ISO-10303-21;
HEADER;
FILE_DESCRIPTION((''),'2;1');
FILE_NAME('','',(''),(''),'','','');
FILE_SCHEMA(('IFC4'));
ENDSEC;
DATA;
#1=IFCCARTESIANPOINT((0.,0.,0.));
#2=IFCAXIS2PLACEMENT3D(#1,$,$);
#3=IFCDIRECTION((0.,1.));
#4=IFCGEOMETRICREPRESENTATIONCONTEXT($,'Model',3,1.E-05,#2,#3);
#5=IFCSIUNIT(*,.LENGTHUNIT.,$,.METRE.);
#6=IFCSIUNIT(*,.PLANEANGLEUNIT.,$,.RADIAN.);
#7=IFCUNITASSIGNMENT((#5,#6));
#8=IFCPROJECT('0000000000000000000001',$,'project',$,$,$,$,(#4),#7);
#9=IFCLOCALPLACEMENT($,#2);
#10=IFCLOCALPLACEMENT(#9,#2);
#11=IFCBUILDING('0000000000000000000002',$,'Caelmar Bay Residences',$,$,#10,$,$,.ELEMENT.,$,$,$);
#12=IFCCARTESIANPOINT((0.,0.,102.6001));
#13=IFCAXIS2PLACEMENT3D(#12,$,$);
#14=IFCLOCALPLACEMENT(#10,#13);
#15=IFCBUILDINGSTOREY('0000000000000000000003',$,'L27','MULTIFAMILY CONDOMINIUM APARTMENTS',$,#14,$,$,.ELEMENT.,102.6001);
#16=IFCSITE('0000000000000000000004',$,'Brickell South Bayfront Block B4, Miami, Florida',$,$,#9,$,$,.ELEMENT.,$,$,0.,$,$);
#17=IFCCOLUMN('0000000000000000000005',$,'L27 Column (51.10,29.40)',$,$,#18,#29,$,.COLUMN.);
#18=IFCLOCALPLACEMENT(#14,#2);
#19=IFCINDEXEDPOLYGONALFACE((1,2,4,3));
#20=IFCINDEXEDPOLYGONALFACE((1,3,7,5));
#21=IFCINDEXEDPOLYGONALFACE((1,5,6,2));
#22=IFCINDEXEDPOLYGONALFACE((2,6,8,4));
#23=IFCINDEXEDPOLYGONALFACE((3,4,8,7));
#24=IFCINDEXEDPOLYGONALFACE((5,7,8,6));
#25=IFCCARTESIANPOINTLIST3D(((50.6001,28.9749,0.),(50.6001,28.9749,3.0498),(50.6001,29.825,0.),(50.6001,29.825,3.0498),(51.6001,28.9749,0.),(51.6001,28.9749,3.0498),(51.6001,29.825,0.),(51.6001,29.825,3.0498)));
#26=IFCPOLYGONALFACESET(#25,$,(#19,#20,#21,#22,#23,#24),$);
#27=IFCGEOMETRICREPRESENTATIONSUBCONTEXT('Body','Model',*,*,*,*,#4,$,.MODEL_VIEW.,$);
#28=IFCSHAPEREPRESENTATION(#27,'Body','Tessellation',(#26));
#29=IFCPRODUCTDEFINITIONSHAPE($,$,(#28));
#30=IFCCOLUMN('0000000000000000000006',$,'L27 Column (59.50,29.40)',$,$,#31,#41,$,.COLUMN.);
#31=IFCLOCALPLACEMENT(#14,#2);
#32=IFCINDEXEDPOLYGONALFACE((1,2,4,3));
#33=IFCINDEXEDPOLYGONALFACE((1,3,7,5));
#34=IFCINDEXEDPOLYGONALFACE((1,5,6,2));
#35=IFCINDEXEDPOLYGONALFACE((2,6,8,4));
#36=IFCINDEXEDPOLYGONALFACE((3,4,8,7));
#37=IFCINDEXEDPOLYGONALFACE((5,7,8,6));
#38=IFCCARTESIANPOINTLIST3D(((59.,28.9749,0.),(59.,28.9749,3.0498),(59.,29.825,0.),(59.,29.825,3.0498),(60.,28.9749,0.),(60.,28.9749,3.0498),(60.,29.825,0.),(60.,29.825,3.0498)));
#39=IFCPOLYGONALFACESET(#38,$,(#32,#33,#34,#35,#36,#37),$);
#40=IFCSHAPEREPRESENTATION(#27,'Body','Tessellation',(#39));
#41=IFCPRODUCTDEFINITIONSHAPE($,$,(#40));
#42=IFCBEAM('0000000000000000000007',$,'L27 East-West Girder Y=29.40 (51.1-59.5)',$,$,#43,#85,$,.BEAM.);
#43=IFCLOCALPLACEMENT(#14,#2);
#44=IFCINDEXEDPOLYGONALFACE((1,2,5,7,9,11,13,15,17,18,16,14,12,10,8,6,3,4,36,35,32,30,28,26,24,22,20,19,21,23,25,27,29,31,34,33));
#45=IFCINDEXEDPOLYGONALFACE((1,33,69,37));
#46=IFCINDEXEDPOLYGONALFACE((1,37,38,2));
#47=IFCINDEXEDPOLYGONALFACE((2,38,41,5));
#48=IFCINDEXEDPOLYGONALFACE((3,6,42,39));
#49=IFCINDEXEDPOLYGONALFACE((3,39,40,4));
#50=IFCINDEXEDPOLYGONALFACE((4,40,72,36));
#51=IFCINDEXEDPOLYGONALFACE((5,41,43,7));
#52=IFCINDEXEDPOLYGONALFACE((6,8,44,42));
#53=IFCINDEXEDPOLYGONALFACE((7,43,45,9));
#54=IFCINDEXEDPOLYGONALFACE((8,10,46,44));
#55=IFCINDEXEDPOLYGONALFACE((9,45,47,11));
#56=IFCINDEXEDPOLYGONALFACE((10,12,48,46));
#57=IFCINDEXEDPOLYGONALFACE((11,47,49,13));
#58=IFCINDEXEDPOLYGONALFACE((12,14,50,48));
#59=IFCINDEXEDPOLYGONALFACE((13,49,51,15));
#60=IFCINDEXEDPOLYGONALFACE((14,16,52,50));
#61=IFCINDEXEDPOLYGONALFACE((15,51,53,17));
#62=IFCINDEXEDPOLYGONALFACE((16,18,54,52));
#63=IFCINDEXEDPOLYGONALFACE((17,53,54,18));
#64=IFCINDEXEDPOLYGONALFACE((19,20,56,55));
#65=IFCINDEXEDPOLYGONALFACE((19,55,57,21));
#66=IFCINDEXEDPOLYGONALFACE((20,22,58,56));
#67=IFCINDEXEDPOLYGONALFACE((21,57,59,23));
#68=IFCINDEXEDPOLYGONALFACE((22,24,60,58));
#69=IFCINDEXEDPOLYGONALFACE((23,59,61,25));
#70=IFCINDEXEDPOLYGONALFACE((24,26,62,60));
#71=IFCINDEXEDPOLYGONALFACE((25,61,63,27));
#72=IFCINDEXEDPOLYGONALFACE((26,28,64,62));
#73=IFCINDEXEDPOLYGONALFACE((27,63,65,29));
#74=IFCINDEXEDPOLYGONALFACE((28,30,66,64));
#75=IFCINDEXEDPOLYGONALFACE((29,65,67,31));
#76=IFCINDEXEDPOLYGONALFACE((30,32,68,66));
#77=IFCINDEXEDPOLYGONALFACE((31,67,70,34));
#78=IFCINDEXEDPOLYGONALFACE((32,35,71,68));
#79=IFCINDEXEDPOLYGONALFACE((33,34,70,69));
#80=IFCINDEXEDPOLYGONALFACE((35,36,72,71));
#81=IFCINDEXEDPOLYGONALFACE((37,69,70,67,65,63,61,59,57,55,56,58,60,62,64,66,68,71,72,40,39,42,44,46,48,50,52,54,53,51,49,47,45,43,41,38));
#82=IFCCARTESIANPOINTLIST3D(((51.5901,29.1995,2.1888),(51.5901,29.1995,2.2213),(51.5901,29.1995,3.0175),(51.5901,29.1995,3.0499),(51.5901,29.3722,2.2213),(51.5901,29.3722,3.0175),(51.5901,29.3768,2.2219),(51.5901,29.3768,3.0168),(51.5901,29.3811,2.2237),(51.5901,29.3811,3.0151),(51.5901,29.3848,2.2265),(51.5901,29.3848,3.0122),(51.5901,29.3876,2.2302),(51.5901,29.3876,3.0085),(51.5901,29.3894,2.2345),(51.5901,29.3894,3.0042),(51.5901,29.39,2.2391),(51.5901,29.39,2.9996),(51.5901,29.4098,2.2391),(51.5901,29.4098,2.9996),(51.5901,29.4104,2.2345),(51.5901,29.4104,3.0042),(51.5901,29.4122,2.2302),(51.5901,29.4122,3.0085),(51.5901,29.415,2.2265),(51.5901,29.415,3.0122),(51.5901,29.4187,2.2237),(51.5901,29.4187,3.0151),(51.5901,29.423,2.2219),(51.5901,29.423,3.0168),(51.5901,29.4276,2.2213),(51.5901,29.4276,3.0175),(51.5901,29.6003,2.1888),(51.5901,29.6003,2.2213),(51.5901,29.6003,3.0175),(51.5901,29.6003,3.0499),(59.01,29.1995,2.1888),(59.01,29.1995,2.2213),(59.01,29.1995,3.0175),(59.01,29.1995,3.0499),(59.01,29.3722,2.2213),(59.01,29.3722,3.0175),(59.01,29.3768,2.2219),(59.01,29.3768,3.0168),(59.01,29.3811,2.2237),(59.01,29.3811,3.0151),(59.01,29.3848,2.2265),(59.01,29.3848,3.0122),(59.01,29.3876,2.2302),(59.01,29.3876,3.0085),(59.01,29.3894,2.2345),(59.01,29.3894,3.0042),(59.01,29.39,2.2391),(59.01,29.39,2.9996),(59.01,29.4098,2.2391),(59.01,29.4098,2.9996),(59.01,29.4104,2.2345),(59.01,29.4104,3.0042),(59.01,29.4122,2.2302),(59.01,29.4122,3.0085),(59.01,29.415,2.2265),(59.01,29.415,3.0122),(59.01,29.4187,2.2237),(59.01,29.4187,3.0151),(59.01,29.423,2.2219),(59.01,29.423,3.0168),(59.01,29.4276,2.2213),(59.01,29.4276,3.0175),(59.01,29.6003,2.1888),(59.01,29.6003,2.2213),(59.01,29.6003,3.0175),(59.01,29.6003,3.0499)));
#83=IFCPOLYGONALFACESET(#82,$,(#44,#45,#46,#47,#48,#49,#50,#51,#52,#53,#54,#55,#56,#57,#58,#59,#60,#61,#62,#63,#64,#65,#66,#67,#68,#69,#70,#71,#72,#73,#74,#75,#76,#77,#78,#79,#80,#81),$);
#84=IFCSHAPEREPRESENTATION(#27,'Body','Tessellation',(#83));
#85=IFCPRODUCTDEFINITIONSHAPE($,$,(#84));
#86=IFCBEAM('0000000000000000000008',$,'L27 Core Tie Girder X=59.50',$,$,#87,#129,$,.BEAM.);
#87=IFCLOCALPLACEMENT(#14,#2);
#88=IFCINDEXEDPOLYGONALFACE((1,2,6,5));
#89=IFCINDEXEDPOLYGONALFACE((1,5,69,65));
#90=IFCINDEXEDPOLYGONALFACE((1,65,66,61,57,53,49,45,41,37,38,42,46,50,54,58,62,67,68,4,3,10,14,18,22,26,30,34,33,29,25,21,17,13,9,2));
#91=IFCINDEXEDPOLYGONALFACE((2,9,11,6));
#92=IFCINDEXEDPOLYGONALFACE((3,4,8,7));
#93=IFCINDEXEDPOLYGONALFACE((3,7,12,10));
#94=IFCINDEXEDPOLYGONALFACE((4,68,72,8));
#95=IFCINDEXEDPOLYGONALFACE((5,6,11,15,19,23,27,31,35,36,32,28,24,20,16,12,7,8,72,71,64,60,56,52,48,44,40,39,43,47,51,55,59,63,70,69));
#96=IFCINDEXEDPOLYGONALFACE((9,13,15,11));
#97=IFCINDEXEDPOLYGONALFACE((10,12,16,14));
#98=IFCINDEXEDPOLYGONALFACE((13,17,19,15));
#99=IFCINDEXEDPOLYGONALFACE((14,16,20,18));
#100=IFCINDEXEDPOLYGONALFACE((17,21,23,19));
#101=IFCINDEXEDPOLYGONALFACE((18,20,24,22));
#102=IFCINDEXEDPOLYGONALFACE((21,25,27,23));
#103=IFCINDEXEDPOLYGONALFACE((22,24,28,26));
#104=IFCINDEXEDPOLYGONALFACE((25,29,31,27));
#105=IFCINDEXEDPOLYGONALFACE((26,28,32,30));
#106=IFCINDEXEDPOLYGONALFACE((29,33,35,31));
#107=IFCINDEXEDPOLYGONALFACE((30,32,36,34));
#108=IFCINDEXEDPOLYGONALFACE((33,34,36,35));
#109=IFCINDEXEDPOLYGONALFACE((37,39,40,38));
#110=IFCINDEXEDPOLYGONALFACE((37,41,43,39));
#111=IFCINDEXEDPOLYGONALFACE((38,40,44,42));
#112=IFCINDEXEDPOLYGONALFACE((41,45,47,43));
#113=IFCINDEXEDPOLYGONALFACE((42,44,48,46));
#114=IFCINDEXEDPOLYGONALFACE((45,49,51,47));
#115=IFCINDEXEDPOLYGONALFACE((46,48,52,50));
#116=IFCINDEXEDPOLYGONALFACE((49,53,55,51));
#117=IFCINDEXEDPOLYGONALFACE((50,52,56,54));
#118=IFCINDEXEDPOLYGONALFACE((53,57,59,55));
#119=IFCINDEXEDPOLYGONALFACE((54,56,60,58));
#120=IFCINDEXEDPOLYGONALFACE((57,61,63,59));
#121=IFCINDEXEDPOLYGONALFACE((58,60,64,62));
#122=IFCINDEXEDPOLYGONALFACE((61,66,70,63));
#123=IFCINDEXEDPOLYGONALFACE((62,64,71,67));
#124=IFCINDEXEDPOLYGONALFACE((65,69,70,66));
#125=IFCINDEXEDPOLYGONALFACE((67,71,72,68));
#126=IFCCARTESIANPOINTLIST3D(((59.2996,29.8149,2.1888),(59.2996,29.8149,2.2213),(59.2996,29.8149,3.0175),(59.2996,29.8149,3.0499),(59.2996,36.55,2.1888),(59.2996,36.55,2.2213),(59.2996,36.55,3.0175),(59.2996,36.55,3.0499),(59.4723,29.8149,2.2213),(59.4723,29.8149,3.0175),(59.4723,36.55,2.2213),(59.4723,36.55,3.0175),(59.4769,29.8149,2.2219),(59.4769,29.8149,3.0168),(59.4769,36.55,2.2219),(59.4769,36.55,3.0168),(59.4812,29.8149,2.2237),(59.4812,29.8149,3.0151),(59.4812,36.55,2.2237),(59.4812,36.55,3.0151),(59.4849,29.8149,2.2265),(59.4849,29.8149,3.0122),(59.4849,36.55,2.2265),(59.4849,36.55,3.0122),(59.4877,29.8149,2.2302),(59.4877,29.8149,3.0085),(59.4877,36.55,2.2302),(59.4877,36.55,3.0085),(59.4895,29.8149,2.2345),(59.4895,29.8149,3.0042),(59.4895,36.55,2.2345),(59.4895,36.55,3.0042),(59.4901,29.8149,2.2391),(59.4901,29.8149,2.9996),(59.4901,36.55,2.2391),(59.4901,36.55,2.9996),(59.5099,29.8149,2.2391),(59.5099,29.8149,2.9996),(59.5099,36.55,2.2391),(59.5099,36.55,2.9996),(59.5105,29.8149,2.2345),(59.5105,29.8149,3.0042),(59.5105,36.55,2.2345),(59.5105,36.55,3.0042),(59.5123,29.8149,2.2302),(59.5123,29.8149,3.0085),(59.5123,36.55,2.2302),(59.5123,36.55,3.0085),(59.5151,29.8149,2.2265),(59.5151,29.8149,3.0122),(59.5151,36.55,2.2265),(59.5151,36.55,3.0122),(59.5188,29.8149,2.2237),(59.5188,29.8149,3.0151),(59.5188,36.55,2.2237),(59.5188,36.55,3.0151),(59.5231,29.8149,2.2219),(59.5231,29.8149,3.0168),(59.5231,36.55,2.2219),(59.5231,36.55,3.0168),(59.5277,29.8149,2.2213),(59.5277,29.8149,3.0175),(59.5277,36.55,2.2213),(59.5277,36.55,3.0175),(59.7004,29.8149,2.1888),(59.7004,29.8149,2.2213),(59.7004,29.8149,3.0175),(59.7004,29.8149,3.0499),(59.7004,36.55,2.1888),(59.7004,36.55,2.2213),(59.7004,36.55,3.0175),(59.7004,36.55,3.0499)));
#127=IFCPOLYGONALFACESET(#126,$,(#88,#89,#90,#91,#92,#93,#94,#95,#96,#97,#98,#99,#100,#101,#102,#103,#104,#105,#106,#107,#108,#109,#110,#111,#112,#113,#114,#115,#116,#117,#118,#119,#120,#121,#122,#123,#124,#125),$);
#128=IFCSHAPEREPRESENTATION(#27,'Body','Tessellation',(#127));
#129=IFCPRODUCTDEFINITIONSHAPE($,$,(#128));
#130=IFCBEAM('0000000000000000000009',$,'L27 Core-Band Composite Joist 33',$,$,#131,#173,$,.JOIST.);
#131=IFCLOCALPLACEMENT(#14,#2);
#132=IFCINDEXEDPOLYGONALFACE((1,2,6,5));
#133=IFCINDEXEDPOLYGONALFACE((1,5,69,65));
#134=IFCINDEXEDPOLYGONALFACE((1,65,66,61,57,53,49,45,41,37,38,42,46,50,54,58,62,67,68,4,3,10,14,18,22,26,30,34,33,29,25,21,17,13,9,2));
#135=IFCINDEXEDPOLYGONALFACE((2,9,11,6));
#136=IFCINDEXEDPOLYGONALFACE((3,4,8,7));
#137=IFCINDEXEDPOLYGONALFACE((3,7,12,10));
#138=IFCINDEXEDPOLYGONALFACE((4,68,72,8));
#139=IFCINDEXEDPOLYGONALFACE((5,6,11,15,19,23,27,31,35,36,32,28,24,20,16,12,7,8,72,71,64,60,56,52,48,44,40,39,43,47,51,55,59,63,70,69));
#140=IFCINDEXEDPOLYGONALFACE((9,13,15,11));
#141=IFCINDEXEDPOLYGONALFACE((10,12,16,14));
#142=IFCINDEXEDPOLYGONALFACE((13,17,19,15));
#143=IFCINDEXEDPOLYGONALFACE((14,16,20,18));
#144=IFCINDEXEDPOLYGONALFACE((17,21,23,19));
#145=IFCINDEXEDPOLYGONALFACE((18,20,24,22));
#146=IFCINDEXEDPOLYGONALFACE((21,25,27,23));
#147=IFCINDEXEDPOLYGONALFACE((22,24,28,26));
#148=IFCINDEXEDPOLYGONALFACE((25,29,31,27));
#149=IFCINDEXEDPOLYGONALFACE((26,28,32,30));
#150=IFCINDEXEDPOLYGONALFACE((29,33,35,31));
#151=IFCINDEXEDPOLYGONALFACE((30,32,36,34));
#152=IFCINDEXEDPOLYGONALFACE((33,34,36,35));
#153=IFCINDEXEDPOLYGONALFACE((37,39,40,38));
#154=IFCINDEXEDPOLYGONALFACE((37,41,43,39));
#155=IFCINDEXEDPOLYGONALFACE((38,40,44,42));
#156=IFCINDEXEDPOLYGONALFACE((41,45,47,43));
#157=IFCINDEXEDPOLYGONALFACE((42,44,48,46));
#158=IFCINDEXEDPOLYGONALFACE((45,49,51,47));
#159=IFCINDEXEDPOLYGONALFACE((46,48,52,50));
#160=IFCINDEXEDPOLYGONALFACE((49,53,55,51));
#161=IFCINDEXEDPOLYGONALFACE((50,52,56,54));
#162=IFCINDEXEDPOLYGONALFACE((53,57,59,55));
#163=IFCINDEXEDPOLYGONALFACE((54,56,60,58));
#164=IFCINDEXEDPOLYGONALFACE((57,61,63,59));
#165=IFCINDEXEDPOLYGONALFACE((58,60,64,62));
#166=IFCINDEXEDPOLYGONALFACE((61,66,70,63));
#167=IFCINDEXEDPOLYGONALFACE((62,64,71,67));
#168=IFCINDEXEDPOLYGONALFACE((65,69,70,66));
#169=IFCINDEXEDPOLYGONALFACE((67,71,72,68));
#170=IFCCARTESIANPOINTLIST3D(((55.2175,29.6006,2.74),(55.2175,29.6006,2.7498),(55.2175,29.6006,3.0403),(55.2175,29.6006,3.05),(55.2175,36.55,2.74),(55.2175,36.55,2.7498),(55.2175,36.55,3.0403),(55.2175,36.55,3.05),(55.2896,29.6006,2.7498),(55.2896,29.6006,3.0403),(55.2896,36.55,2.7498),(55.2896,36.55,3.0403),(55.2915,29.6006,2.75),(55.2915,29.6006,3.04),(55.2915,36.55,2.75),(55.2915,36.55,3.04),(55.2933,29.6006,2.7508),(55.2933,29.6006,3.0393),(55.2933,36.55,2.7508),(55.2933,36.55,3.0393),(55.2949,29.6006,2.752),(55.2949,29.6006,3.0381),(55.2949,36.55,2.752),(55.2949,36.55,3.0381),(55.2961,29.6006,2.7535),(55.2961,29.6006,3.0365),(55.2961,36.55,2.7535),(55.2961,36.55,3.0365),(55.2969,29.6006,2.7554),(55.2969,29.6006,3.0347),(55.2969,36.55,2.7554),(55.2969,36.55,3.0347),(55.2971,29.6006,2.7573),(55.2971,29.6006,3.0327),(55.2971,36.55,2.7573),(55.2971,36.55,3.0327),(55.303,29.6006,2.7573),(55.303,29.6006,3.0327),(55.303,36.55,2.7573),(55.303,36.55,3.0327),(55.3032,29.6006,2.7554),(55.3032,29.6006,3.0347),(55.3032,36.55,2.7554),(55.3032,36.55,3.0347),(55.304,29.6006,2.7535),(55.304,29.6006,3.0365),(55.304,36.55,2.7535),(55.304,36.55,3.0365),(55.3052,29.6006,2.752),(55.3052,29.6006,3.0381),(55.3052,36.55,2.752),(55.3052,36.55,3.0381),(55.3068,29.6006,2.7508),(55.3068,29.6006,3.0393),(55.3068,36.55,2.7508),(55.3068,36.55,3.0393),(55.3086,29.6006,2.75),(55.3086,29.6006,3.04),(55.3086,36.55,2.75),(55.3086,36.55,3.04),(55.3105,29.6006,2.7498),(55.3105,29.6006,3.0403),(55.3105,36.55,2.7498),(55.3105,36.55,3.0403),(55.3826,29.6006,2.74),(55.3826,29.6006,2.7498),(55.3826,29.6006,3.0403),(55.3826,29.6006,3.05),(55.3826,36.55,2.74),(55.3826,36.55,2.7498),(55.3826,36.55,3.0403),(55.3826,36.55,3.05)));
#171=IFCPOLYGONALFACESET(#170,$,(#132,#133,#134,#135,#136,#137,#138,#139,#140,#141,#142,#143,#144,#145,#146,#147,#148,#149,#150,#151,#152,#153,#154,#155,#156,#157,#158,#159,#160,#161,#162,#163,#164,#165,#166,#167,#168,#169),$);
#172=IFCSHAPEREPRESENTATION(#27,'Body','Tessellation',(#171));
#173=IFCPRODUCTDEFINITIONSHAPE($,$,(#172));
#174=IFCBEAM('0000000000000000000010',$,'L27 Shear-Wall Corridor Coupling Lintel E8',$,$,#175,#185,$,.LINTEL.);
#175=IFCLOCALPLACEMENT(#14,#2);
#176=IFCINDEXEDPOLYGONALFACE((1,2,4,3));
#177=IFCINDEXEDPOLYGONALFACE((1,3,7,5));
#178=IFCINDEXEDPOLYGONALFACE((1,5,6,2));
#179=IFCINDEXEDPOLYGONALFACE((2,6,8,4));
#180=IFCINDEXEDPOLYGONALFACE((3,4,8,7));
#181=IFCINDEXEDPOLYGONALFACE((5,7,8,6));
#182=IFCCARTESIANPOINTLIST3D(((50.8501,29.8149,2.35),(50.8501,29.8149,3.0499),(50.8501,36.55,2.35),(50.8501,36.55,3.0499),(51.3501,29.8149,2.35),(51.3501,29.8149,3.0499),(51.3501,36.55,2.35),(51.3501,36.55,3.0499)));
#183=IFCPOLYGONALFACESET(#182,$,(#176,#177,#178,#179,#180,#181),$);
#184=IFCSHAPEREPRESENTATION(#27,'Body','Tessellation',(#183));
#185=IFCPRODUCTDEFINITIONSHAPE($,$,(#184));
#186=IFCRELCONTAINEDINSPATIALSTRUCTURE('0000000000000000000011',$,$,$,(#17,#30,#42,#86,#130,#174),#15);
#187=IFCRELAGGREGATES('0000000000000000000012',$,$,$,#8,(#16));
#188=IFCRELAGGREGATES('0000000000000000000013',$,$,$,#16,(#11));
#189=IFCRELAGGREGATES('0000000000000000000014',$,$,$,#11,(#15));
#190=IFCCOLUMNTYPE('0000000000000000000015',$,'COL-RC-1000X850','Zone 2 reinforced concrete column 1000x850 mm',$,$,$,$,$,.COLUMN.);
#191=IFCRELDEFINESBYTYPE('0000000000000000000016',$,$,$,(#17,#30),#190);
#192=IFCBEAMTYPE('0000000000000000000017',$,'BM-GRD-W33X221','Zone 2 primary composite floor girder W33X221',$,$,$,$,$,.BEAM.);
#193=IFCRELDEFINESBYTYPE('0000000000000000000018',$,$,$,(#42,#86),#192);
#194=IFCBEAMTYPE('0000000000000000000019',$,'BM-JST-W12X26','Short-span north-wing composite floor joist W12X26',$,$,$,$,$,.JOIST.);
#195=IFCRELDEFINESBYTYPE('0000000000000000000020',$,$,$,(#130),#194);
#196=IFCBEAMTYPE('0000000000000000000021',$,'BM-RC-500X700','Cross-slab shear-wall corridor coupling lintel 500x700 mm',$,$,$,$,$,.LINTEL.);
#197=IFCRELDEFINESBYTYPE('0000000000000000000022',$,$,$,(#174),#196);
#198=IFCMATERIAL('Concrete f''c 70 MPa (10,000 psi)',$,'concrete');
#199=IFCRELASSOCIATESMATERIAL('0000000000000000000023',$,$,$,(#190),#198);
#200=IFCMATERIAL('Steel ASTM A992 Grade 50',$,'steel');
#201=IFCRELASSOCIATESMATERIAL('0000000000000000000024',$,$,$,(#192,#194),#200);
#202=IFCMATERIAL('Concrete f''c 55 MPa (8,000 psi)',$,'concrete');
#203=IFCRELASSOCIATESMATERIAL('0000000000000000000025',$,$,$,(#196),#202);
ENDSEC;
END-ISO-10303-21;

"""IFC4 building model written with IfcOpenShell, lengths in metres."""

from ifc_helpers import new_model, si_unit, direction, frame, origin, origin_2d, place, context, subcontext, project, spatial, rectangle, i_section, extrude, material, material_profile, profile_set, type_object, element, save


model = new_model("IFC4")

# Units and contexts
model_context = context("Model", 3, precision=1e-05, world=origin(), true_north=direction((0.0, 1.0)))
body_context = subcontext(model_context, "Body", "Model", "MODEL_VIEW")
ifc_project = project(units=[si_unit("LENGTHUNIT", "METRE"), si_unit("PLANEANGLEUNIT", "RADIAN")], contexts=[model_context])

# Site, building, storey
site_placement = place(None, origin())
site = spatial("IfcSite", under=ifc_project, at=site_placement, Name="Brickell South Bayfront Block B4, Miami, Florida", CompositionType="ELEMENT", RefElevation=0.0)
building_placement = place(site_placement, origin())
building = spatial("IfcBuilding", under=site, at=building_placement, Name="Caelmar Bay Residences", CompositionType="ELEMENT")
storey_placement = place(building_placement, frame((0.0, 0.0, 102.6001)))
storey = spatial("IfcBuildingStorey", under=building, at=storey_placement, Name="L27", Description="MULTIFAMILY CONDOMINIUM APARTMENTS", CompositionType="ELEMENT", Elevation=102.6001)

# Columns
ifc_material_1 = material(Name="Concrete f'c 70 MPa (10,000 psi)", Category="concrete")
ifc_material_profile_1 = material_profile(ifc_material_1, rectangle(XDim=1.0, YDim=0.8501, at=origin_2d()), Name="RC-COL-1000X850")
ifc_profile_set_1 = profile_set([ifc_material_profile_1], Name="Concrete f'c 70 MPa (10,000 psi)")
column_type = type_object("IfcColumnType", Name="COL-RC-1000X850", Description="Zone 2 reinforced concrete column 1000x850 mm", PredefinedType="COLUMN", material=ifc_profile_set_1)
for number, where, z_axis, x_axis, name in (
    (1, (51.1001, 29.3999, 0.0), (0.0, 0.0, 1.0), (1.0, 0.0, 0.0), "L27 Column (51.10,29.40)"),
    (2, (59.5, 29.3999, 0.0), (0.0, 0.0, 1.0), (1.0, 0.0, 0.0), "L27 Column (59.50,29.40)"),
):
    element("IfcColumn", number, at=place(storey_placement, frame(where, z_axis=z_axis, x_axis=x_axis)), inside=storey, type_object=column_type, Name=name, PredefinedType="COLUMN", context=body_context, shape_type="SweptSolid", body=[
        extrude(rectangle(XDim=1.0, YDim=0.8501, at=origin_2d()), origin(), (0.0, 0.0, 1.0), 3.0498),
    ])

# Beams
ifc_material_2 = material(Name="Steel ASTM A992 Grade 50", Category="steel")
ifc_material_profile_2 = material_profile(ifc_material_2, i_section(OverallWidth=0.4009, OverallDepth=0.8611, WebThickness=0.0198, FlangeThickness=0.0325, FilletRadius=0.0178, at=origin_2d()), Name="W33X221")
ifc_profile_set_2 = profile_set([ifc_material_profile_2], Name="Steel ASTM A992 Grade 50")
beam_type_1 = type_object("IfcBeamType", Name="BM-GRD-W33X221", Description="Zone 2 primary composite floor girder W33X221", PredefinedType="BEAM", material=ifc_profile_set_2)
beam_1_placement = place(storey_placement, frame((51.5901, 29.3999, 2.6194), z_axis=(1.0, 0.0, 0.0), x_axis=(0.0, 1.0, 0.0)))
element("IfcBeam", 3, at=beam_1_placement, inside=storey, type_object=beam_type_1, Name="L27 East-West Girder Y=29.40 (51.1-59.5)", PredefinedType="BEAM", context=body_context, shape_type="SweptSolid", body=[
    extrude(i_section(OverallWidth=0.4009, OverallDepth=0.8611, WebThickness=0.0198, FlangeThickness=0.0325, FilletRadius=0.0178, at=origin_2d()), origin(), (0.0, 0.0, 1.0), 7.4199),
])
beam_2_placement = place(storey_placement, frame((59.5, 29.8149, 2.6194), z_axis=(0.0, 1.0, 0.0), x_axis=(-1.0, 0.0, 0.0)))
element("IfcBeam", 4, at=beam_2_placement, inside=storey, type_object=beam_type_1, Name="L27 Core Tie Girder X=59.50", PredefinedType="BEAM", context=body_context, shape_type="SweptSolid", body=[
    extrude(i_section(OverallWidth=0.4009, OverallDepth=0.8611, WebThickness=0.0198, FlangeThickness=0.0325, FilletRadius=0.0178, at=origin_2d()), origin(), (0.0, 0.0, 1.0), 6.7351),
])
ifc_material_profile_3 = material_profile(ifc_material_2, i_section(OverallWidth=0.165, OverallDepth=0.3101, WebThickness=0.0059, FlangeThickness=0.0098, FilletRadius=0.0076, at=origin_2d()), Name="W12X26")
ifc_profile_set_3 = profile_set([ifc_material_profile_3], Name="Steel ASTM A992 Grade 50")
beam_type_2 = type_object("IfcBeamType", Name="BM-JST-W12X26", Description="Short-span north-wing composite floor joist W12X26", PredefinedType="JOIST", material=ifc_profile_set_3)
beam_3_placement = place(storey_placement, frame((55.3, 29.6006, 2.895), z_axis=(0.0, 1.0, 0.0), x_axis=(-1.0, 0.0, 0.0)))
element("IfcBeam", 5, at=beam_3_placement, inside=storey, type_object=beam_type_2, Name="L27 Core-Band Composite Joist 33", PredefinedType="JOIST", context=body_context, shape_type="SweptSolid", body=[
    extrude(i_section(OverallWidth=0.165, OverallDepth=0.3101, WebThickness=0.0059, FlangeThickness=0.0098, FilletRadius=0.0076, at=origin_2d()), origin(), (0.0, 0.0, 1.0), 6.9495),
])
ifc_material_3 = material(Name="Concrete f'c 55 MPa (8,000 psi)", Category="concrete")
ifc_material_profile_4 = material_profile(ifc_material_3, rectangle(XDim=0.5, YDim=0.7, at=origin_2d()), Name="RC-BM-500X700")
ifc_profile_set_4 = profile_set([ifc_material_profile_4], Name="Concrete f'c 55 MPa (8,000 psi)")
beam_type_3 = type_object("IfcBeamType", Name="BM-RC-500X700", Description="Cross-slab shear-wall corridor coupling lintel 500x700 mm", PredefinedType="LINTEL", material=ifc_profile_set_4)
beam_4_placement = place(storey_placement, frame((51.1001, 29.8149, 2.7), z_axis=(0.0, 1.0, 0.0), x_axis=(-1.0, 0.0, 0.0)))
element("IfcBeam", 6, at=beam_4_placement, inside=storey, type_object=beam_type_3, Name="L27 Shear-Wall Corridor Coupling Lintel E8", PredefinedType="LINTEL", context=body_context, shape_type="SweptSolid", body=[
    extrude(rectangle(XDim=0.5, YDim=0.7, at=origin_2d()), origin(), (0.0, 0.0, 1.0), 6.7351),
])

save(model, "model.ifc")
